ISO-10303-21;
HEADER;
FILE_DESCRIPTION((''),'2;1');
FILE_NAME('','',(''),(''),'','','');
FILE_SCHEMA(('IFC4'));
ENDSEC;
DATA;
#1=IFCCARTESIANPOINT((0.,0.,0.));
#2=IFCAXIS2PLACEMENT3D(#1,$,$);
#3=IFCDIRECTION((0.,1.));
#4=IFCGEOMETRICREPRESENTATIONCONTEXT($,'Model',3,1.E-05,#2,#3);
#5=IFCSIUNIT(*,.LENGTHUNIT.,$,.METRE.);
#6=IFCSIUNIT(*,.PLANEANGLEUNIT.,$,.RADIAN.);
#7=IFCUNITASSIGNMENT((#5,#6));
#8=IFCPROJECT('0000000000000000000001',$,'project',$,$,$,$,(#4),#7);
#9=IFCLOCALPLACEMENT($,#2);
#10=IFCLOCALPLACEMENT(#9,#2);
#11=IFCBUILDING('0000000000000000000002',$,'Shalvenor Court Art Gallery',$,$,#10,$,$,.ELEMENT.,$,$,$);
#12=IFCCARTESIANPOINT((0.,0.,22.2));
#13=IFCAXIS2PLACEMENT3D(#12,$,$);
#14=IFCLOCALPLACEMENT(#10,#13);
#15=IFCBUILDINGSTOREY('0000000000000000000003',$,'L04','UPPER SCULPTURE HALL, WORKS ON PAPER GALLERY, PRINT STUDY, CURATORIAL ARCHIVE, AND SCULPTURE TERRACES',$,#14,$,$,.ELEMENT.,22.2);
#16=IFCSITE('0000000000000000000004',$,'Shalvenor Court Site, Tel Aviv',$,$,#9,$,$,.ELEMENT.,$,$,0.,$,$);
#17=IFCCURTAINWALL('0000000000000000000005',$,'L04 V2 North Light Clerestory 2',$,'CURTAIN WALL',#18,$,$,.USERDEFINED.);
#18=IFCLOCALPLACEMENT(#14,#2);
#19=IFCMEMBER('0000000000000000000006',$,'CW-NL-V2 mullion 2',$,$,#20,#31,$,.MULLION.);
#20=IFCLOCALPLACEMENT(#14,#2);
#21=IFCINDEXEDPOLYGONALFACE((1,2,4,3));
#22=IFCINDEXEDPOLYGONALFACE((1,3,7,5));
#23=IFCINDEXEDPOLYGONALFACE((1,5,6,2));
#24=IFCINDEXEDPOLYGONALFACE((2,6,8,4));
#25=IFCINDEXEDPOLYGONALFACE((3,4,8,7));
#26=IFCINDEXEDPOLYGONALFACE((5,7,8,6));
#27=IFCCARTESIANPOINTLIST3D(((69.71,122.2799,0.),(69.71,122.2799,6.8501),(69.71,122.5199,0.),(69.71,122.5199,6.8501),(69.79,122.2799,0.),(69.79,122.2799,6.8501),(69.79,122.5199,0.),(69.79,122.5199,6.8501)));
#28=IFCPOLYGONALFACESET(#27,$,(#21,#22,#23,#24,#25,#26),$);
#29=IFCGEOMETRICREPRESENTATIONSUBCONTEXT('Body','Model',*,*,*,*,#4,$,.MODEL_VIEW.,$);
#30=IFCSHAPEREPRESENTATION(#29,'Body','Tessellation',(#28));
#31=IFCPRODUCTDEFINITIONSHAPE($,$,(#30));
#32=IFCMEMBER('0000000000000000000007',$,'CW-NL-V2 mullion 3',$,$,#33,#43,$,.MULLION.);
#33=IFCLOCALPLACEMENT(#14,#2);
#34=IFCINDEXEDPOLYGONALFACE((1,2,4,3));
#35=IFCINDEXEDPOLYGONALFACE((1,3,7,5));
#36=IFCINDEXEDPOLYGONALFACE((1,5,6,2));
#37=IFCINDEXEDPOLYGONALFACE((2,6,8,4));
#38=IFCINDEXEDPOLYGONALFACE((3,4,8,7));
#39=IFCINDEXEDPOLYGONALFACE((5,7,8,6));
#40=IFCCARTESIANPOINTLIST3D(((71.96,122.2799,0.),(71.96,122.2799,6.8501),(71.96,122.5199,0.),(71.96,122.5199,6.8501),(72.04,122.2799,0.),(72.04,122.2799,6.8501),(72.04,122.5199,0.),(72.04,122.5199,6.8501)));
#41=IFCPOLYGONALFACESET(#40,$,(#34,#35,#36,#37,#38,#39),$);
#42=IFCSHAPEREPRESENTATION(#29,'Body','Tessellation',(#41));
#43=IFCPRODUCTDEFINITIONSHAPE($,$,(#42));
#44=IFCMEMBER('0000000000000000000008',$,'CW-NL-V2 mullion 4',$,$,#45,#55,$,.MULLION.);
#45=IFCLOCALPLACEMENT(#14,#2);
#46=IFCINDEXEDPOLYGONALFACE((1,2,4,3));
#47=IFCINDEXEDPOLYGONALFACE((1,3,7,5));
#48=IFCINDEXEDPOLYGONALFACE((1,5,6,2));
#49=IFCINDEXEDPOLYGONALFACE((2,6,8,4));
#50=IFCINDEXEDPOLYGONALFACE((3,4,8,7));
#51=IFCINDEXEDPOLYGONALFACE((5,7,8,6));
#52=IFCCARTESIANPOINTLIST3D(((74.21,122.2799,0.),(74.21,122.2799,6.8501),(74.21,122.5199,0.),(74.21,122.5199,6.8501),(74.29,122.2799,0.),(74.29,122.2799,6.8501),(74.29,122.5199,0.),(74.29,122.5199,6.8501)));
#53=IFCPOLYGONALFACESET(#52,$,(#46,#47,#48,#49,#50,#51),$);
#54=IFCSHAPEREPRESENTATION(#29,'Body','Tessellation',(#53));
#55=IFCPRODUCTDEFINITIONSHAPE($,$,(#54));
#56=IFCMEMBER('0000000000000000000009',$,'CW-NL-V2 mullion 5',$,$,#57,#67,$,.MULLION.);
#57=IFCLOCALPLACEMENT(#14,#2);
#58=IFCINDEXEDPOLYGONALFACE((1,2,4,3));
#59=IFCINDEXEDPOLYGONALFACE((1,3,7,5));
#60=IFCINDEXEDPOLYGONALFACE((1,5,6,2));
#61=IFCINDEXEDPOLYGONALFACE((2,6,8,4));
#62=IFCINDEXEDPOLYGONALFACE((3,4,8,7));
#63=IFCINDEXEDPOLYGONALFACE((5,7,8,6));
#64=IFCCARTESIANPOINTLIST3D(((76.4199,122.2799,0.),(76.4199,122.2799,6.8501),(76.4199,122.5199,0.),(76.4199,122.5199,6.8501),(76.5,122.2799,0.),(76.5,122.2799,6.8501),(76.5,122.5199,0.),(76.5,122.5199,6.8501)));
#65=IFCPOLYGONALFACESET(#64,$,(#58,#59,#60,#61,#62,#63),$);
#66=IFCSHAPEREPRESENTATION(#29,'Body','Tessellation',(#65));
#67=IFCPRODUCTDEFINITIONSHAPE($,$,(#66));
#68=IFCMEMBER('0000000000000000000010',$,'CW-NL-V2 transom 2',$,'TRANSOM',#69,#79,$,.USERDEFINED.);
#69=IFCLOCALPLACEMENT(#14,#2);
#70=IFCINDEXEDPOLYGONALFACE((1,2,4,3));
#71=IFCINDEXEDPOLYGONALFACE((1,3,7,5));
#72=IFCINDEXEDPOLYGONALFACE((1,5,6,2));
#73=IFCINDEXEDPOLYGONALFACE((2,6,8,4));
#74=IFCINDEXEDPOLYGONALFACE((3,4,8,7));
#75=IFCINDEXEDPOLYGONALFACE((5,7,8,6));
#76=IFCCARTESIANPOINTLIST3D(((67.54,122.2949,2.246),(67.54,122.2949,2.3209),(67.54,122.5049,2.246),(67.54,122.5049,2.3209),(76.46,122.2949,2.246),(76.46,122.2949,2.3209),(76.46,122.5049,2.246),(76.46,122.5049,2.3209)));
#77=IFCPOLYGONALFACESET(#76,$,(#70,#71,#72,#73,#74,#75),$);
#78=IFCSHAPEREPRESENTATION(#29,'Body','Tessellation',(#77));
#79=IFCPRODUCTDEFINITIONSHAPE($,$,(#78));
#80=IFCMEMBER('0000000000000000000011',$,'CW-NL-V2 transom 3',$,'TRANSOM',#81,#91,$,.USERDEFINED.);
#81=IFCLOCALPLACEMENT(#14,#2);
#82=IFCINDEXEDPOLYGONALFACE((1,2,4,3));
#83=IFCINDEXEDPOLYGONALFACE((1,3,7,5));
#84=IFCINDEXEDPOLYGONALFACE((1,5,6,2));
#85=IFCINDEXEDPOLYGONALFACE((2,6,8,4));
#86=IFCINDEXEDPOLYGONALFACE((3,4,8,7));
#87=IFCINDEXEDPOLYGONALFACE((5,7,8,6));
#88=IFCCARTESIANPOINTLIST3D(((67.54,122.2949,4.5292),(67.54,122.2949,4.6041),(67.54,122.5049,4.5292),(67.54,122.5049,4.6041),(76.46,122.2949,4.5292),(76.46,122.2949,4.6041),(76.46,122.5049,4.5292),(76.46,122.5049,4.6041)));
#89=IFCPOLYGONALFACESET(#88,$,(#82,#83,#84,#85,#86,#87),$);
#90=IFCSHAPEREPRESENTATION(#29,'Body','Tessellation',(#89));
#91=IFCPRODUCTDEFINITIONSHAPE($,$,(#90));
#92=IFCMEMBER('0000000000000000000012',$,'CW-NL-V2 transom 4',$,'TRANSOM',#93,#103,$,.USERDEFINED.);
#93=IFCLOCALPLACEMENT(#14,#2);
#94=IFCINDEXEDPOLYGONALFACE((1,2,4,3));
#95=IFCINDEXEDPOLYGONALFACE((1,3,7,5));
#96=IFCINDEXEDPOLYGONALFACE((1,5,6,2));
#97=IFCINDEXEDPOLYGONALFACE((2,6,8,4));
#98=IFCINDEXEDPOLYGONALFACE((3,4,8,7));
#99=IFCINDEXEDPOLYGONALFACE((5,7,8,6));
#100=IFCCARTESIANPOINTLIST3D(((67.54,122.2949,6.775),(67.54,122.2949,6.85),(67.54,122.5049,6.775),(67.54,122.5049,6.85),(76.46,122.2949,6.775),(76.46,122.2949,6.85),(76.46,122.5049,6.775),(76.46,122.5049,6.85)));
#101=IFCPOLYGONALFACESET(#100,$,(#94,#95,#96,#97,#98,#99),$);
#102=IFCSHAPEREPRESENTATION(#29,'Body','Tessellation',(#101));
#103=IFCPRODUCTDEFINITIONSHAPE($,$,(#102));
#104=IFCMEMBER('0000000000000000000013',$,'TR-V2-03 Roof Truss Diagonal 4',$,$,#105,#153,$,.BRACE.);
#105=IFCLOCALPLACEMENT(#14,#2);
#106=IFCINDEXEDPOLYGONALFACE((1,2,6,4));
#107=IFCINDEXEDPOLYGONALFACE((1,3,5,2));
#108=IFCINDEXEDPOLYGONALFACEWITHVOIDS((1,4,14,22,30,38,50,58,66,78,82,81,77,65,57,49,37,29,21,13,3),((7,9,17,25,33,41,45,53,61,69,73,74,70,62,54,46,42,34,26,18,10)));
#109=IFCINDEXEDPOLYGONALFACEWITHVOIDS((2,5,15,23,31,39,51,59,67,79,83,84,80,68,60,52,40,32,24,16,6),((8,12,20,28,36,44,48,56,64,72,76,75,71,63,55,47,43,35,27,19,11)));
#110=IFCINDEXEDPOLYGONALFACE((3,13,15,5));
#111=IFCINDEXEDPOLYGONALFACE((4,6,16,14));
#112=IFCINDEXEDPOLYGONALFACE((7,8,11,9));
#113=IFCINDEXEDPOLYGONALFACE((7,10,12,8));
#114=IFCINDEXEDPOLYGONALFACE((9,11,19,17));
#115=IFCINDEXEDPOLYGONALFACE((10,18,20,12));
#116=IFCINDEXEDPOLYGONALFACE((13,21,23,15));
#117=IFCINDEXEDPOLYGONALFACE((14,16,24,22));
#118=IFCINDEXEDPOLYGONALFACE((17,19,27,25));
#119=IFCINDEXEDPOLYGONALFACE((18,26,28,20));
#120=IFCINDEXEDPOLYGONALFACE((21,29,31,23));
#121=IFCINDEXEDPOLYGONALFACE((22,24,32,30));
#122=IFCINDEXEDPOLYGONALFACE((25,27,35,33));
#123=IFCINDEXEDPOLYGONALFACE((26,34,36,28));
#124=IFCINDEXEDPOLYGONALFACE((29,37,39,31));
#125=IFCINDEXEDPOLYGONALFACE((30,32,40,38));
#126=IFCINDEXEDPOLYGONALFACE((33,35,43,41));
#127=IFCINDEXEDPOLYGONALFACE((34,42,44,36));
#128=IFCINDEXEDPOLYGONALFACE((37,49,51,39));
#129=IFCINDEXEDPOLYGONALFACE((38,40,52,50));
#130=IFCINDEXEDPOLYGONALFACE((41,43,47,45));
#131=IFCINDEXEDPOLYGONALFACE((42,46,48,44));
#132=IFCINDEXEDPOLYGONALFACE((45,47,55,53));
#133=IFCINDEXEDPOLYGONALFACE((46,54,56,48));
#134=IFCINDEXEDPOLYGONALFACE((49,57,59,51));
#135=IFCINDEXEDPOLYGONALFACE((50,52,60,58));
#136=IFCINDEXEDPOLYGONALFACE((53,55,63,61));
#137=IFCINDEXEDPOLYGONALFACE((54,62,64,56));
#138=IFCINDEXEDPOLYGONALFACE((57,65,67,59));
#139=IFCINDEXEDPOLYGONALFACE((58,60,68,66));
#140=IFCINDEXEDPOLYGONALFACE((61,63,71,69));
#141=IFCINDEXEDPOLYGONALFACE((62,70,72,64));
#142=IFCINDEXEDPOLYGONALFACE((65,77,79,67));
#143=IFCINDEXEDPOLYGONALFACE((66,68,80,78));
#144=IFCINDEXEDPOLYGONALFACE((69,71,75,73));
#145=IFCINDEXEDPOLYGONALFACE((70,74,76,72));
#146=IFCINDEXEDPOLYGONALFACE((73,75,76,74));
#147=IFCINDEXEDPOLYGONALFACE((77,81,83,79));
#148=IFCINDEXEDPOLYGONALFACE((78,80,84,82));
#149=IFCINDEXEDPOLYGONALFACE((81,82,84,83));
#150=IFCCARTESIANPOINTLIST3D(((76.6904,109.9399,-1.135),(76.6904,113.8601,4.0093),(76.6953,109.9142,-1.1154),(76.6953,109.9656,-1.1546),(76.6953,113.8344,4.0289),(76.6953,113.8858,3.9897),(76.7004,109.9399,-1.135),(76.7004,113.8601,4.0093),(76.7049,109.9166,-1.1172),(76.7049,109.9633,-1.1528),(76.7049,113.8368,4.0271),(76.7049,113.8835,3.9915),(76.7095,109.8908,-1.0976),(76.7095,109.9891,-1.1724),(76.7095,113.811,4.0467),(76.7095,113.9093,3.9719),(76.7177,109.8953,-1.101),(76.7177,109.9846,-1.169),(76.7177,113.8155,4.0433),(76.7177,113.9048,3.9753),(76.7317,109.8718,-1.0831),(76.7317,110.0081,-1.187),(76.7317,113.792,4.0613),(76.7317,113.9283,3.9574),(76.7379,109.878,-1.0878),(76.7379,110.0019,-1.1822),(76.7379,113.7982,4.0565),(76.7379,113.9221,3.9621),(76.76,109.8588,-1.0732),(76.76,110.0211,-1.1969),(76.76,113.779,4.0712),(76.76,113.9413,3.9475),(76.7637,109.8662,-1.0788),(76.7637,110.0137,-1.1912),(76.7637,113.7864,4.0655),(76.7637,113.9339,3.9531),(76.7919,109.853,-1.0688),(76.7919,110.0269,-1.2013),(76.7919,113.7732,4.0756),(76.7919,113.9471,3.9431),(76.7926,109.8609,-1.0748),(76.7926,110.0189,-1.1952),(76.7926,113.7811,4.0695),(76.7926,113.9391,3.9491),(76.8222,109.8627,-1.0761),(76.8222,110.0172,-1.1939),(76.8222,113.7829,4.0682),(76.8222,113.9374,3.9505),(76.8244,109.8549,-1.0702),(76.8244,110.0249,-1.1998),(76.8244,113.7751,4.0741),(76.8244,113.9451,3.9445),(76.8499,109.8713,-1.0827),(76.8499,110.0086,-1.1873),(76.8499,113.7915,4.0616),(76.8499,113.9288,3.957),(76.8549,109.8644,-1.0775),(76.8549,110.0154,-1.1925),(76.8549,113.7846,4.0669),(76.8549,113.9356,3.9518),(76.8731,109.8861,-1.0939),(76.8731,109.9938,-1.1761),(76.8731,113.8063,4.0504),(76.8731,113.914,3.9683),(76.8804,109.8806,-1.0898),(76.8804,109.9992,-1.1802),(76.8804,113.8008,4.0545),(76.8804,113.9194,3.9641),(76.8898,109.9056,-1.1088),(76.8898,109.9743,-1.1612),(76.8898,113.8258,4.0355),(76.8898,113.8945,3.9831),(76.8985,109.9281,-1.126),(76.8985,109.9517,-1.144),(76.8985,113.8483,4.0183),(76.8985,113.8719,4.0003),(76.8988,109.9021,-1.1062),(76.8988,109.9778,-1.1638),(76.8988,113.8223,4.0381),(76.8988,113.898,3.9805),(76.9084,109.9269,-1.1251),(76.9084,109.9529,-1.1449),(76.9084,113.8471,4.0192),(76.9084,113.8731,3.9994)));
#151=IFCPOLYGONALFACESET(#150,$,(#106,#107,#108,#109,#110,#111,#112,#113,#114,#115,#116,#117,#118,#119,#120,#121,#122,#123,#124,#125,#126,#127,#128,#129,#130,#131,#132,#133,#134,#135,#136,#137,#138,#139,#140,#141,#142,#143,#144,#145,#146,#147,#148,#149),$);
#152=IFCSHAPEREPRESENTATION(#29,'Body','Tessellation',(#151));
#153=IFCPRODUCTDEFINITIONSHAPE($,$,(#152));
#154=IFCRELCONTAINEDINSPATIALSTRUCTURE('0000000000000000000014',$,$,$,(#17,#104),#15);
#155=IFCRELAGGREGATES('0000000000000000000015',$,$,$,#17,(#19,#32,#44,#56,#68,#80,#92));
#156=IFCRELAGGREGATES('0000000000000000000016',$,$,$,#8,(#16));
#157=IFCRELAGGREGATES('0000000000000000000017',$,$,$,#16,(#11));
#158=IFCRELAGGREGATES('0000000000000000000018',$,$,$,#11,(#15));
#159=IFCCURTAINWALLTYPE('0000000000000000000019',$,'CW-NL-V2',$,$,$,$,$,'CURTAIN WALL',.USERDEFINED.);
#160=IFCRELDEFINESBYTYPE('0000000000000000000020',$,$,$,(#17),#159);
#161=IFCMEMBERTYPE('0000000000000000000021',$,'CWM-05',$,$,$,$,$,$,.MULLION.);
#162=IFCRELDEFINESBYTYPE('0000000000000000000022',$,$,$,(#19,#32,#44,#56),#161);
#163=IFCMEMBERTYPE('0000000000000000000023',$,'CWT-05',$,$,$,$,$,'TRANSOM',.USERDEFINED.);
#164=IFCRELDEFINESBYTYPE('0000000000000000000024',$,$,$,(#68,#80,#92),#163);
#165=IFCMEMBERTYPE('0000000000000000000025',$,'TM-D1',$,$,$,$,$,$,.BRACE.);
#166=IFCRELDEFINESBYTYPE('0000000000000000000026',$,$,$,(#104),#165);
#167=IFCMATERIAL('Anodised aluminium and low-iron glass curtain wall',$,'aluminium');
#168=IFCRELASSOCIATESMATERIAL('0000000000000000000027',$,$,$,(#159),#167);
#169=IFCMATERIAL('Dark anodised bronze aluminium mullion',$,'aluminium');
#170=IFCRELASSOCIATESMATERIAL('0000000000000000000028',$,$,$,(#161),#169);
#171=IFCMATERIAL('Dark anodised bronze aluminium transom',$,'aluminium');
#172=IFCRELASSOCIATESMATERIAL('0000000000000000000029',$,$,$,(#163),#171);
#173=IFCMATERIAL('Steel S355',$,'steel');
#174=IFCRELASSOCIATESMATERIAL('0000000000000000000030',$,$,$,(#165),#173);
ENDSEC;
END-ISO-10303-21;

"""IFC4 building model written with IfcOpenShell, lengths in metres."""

from ifc_helpers import new_model, si_unit, direction, frame, origin, origin_2d, place, context, subcontext, project, spatial, rectangle, hollow_circle, extrude, material, material_profile, profile_set, type_object, element, aggregate, save


model = new_model("IFC4")

# Units and contexts
model_context = context("Model", 3, precision=1e-05, world=origin(), true_north=direction((0.0, 1.0)))
body_context = subcontext(model_context, "Body", "Model", "MODEL_VIEW")
ifc_project = project(units=[si_unit("LENGTHUNIT", "METRE"), si_unit("PLANEANGLEUNIT", "RADIAN")], contexts=[model_context])

# Site, building, storey
site_placement = place(None, origin())
site = spatial("IfcSite", under=ifc_project, at=site_placement, Name="Shalvenor Court Site, Tel Aviv", CompositionType="ELEMENT", RefElevation=0.0)
building_placement = place(site_placement, origin())
building = spatial("IfcBuilding", under=site, at=building_placement, Name="Shalvenor Court Art Gallery", CompositionType="ELEMENT")
storey_placement = place(building_placement, frame((0.0, 0.0, 22.2)))
storey = spatial("IfcBuildingStorey", under=building, at=storey_placement, Name="L04", Description="UPPER SCULPTURE HALL, WORKS ON PAPER GALLERY, PRINT STUDY, CURATORIAL ARCHIVE, AND SCULPTURE TERRACES", CompositionType="ELEMENT", Elevation=22.2)

# Curtain wall, members
ifc_material_1 = material(Name="Anodised aluminium and low-iron glass curtain wall", Category="aluminium")
curtain_wall_type = type_object("IfcCurtainWallType", Name="CW-NL-V2", ElementType="CURTAIN WALL", PredefinedType="USERDEFINED", material=ifc_material_1)
curtain_wall_placement = place(storey_placement, origin())
curtain_wall = element("IfcCurtainWall", 1, at=curtain_wall_placement, inside=storey, type_object=curtain_wall_type, Name="L04 V2 North Light Clerestory 2", ObjectType="CURTAIN WALL", PredefinedType="USERDEFINED")
ifc_material_2 = material(Name="Dark anodised bronze aluminium mullion", Category="aluminium")
ifc_material_profile_1 = material_profile(ifc_material_2, rectangle(XDim=0.0801, YDim=0.24, at=origin_2d()), Name="CWM-05")
ifc_profile_set_1 = profile_set([ifc_material_profile_1], Name="Dark anodised bronze aluminium mullion")
member_type_1 = type_object("IfcMemberType", Name="CWM-05", PredefinedType="MULLION", material=ifc_profile_set_1)
member_1_placement = place(storey_placement, frame((69.75, 122.3999, 0.0), z_axis=(0.0, 0.0, 1.0), x_axis=(1.0, 0.0, 0.0)))
member_1 = element("IfcMember", 2, at=member_1_placement, type_object=member_type_1, Name="CW-NL-V2 mullion 2", PredefinedType="MULLION", context=body_context, shape_type="SweptSolid", body=[
    extrude(rectangle(XDim=0.0801, YDim=0.24, at=origin_2d()), origin(), (0.0, 0.0, 1.0), 6.8501),
])
member_2_placement = place(storey_placement, frame((72.0, 122.3999, 0.0), z_axis=(0.0, 0.0, 1.0), x_axis=(1.0, 0.0, 0.0)))
member_2 = element("IfcMember", 3, at=member_2_placement, type_object=member_type_1, Name="CW-NL-V2 mullion 3", PredefinedType="MULLION", context=body_context, shape_type="SweptSolid", body=[
    extrude(rectangle(XDim=0.0801, YDim=0.24, at=origin_2d()), origin(), (0.0, 0.0, 1.0), 6.8501),
])
member_3_placement = place(storey_placement, frame((74.25, 122.3999, 0.0), z_axis=(0.0, 0.0, 1.0), x_axis=(1.0, 0.0, 0.0)))
member_3 = element("IfcMember", 4, at=member_3_placement, type_object=member_type_1, Name="CW-NL-V2 mullion 4", PredefinedType="MULLION", context=body_context, shape_type="SweptSolid", body=[
    extrude(rectangle(XDim=0.0801, YDim=0.24, at=origin_2d()), origin(), (0.0, 0.0, 1.0), 6.8501),
])
member_4_placement = place(storey_placement, frame((76.46, 122.3999, 0.0), z_axis=(0.0, 0.0, 1.0), x_axis=(1.0, 0.0, 0.0)))
member_4 = element("IfcMember", 5, at=member_4_placement, type_object=member_type_1, Name="CW-NL-V2 mullion 5", PredefinedType="MULLION", context=body_context, shape_type="SweptSolid", body=[
    extrude(rectangle(XDim=0.0801, YDim=0.24, at=origin_2d()), origin(), (0.0, 0.0, 1.0), 6.8501),
])
ifc_material_3 = material(Name="Dark anodised bronze aluminium transom", Category="aluminium")
ifc_material_profile_2 = material_profile(ifc_material_3, rectangle(XDim=0.21, YDim=0.075, at=origin_2d()), Name="CWT-05")
ifc_profile_set_2 = profile_set([ifc_material_profile_2], Name="Dark anodised bronze aluminium transom")
member_type_2 = type_object("IfcMemberType", Name="CWT-05", ElementType="TRANSOM", PredefinedType="USERDEFINED", material=ifc_profile_set_2)
member_5_placement = place(storey_placement, frame((67.54, 122.3999, 2.2834), z_axis=(1.0, 0.0, 0.0), x_axis=(0.0, 1.0, 0.0)))
member_5 = element("IfcMember", 6, at=member_5_placement, type_object=member_type_2, Name="CW-NL-V2 transom 2", ObjectType="TRANSOM", PredefinedType="USERDEFINED", context=body_context, shape_type="SweptSolid", body=[
    extrude(rectangle(XDim=0.21, YDim=0.075, at=origin_2d()), origin(), (0.0, 0.0, 1.0), 8.9199),
])
member_6_placement = place(storey_placement, frame((67.54, 122.3999, 4.5667), z_axis=(1.0, 0.0, 0.0), x_axis=(0.0, 1.0, 0.0)))
member_6 = element("IfcMember", 7, at=member_6_placement, type_object=member_type_2, Name="CW-NL-V2 transom 3", ObjectType="TRANSOM", PredefinedType="USERDEFINED", context=body_context, shape_type="SweptSolid", body=[
    extrude(rectangle(XDim=0.21, YDim=0.075, at=origin_2d()), origin(), (0.0, 0.0, 1.0), 8.9199),
])
member_7_placement = place(storey_placement, frame((67.54, 122.3999, 6.8125), z_axis=(1.0, 0.0, 0.0), x_axis=(0.0, 1.0, 0.0)))
member_7 = element("IfcMember", 8, at=member_7_placement, type_object=member_type_2, Name="CW-NL-V2 transom 4", ObjectType="TRANSOM", PredefinedType="USERDEFINED", context=body_context, shape_type="SweptSolid", body=[
    extrude(rectangle(XDim=0.21, YDim=0.075, at=origin_2d()), origin(), (0.0, 0.0, 1.0), 8.9199),
])

# Member
ifc_material_4 = material(Name="Steel S355", Category="steel")
ifc_material_profile_3 = material_profile(ifc_material_4, hollow_circle(Radius=0.1096, WallThickness=0.01, at=origin_2d()), Name="CHS 219.1x10.0")
ifc_profile_set_3 = profile_set([ifc_material_profile_3], Name="Steel S355")
member_type_3 = type_object("IfcMemberType", Name="TM-D1", PredefinedType="BRACE", material=ifc_profile_set_3)
member_8_placement = place(storey_placement, frame((76.8, 109.9399, -1.135), z_axis=(0.0, 0.606113, 0.795379), x_axis=(-1.0, 0.0, 0.0)))
element("IfcMember", 9, at=member_8_placement, inside=storey, type_object=member_type_3, Name="TR-V2-03 Roof Truss Diagonal 4", PredefinedType="BRACE", context=body_context, shape_type="SweptSolid", body=[
    extrude(hollow_circle(Radius=0.1096, WallThickness=0.01, at=origin_2d()), origin(), (0.0, 0.0, 1.0), 6.4678),
])

aggregate(curtain_wall, [member_1, member_2, member_3, member_4, member_5, member_6, member_7])

save(model, "model.ifc")
